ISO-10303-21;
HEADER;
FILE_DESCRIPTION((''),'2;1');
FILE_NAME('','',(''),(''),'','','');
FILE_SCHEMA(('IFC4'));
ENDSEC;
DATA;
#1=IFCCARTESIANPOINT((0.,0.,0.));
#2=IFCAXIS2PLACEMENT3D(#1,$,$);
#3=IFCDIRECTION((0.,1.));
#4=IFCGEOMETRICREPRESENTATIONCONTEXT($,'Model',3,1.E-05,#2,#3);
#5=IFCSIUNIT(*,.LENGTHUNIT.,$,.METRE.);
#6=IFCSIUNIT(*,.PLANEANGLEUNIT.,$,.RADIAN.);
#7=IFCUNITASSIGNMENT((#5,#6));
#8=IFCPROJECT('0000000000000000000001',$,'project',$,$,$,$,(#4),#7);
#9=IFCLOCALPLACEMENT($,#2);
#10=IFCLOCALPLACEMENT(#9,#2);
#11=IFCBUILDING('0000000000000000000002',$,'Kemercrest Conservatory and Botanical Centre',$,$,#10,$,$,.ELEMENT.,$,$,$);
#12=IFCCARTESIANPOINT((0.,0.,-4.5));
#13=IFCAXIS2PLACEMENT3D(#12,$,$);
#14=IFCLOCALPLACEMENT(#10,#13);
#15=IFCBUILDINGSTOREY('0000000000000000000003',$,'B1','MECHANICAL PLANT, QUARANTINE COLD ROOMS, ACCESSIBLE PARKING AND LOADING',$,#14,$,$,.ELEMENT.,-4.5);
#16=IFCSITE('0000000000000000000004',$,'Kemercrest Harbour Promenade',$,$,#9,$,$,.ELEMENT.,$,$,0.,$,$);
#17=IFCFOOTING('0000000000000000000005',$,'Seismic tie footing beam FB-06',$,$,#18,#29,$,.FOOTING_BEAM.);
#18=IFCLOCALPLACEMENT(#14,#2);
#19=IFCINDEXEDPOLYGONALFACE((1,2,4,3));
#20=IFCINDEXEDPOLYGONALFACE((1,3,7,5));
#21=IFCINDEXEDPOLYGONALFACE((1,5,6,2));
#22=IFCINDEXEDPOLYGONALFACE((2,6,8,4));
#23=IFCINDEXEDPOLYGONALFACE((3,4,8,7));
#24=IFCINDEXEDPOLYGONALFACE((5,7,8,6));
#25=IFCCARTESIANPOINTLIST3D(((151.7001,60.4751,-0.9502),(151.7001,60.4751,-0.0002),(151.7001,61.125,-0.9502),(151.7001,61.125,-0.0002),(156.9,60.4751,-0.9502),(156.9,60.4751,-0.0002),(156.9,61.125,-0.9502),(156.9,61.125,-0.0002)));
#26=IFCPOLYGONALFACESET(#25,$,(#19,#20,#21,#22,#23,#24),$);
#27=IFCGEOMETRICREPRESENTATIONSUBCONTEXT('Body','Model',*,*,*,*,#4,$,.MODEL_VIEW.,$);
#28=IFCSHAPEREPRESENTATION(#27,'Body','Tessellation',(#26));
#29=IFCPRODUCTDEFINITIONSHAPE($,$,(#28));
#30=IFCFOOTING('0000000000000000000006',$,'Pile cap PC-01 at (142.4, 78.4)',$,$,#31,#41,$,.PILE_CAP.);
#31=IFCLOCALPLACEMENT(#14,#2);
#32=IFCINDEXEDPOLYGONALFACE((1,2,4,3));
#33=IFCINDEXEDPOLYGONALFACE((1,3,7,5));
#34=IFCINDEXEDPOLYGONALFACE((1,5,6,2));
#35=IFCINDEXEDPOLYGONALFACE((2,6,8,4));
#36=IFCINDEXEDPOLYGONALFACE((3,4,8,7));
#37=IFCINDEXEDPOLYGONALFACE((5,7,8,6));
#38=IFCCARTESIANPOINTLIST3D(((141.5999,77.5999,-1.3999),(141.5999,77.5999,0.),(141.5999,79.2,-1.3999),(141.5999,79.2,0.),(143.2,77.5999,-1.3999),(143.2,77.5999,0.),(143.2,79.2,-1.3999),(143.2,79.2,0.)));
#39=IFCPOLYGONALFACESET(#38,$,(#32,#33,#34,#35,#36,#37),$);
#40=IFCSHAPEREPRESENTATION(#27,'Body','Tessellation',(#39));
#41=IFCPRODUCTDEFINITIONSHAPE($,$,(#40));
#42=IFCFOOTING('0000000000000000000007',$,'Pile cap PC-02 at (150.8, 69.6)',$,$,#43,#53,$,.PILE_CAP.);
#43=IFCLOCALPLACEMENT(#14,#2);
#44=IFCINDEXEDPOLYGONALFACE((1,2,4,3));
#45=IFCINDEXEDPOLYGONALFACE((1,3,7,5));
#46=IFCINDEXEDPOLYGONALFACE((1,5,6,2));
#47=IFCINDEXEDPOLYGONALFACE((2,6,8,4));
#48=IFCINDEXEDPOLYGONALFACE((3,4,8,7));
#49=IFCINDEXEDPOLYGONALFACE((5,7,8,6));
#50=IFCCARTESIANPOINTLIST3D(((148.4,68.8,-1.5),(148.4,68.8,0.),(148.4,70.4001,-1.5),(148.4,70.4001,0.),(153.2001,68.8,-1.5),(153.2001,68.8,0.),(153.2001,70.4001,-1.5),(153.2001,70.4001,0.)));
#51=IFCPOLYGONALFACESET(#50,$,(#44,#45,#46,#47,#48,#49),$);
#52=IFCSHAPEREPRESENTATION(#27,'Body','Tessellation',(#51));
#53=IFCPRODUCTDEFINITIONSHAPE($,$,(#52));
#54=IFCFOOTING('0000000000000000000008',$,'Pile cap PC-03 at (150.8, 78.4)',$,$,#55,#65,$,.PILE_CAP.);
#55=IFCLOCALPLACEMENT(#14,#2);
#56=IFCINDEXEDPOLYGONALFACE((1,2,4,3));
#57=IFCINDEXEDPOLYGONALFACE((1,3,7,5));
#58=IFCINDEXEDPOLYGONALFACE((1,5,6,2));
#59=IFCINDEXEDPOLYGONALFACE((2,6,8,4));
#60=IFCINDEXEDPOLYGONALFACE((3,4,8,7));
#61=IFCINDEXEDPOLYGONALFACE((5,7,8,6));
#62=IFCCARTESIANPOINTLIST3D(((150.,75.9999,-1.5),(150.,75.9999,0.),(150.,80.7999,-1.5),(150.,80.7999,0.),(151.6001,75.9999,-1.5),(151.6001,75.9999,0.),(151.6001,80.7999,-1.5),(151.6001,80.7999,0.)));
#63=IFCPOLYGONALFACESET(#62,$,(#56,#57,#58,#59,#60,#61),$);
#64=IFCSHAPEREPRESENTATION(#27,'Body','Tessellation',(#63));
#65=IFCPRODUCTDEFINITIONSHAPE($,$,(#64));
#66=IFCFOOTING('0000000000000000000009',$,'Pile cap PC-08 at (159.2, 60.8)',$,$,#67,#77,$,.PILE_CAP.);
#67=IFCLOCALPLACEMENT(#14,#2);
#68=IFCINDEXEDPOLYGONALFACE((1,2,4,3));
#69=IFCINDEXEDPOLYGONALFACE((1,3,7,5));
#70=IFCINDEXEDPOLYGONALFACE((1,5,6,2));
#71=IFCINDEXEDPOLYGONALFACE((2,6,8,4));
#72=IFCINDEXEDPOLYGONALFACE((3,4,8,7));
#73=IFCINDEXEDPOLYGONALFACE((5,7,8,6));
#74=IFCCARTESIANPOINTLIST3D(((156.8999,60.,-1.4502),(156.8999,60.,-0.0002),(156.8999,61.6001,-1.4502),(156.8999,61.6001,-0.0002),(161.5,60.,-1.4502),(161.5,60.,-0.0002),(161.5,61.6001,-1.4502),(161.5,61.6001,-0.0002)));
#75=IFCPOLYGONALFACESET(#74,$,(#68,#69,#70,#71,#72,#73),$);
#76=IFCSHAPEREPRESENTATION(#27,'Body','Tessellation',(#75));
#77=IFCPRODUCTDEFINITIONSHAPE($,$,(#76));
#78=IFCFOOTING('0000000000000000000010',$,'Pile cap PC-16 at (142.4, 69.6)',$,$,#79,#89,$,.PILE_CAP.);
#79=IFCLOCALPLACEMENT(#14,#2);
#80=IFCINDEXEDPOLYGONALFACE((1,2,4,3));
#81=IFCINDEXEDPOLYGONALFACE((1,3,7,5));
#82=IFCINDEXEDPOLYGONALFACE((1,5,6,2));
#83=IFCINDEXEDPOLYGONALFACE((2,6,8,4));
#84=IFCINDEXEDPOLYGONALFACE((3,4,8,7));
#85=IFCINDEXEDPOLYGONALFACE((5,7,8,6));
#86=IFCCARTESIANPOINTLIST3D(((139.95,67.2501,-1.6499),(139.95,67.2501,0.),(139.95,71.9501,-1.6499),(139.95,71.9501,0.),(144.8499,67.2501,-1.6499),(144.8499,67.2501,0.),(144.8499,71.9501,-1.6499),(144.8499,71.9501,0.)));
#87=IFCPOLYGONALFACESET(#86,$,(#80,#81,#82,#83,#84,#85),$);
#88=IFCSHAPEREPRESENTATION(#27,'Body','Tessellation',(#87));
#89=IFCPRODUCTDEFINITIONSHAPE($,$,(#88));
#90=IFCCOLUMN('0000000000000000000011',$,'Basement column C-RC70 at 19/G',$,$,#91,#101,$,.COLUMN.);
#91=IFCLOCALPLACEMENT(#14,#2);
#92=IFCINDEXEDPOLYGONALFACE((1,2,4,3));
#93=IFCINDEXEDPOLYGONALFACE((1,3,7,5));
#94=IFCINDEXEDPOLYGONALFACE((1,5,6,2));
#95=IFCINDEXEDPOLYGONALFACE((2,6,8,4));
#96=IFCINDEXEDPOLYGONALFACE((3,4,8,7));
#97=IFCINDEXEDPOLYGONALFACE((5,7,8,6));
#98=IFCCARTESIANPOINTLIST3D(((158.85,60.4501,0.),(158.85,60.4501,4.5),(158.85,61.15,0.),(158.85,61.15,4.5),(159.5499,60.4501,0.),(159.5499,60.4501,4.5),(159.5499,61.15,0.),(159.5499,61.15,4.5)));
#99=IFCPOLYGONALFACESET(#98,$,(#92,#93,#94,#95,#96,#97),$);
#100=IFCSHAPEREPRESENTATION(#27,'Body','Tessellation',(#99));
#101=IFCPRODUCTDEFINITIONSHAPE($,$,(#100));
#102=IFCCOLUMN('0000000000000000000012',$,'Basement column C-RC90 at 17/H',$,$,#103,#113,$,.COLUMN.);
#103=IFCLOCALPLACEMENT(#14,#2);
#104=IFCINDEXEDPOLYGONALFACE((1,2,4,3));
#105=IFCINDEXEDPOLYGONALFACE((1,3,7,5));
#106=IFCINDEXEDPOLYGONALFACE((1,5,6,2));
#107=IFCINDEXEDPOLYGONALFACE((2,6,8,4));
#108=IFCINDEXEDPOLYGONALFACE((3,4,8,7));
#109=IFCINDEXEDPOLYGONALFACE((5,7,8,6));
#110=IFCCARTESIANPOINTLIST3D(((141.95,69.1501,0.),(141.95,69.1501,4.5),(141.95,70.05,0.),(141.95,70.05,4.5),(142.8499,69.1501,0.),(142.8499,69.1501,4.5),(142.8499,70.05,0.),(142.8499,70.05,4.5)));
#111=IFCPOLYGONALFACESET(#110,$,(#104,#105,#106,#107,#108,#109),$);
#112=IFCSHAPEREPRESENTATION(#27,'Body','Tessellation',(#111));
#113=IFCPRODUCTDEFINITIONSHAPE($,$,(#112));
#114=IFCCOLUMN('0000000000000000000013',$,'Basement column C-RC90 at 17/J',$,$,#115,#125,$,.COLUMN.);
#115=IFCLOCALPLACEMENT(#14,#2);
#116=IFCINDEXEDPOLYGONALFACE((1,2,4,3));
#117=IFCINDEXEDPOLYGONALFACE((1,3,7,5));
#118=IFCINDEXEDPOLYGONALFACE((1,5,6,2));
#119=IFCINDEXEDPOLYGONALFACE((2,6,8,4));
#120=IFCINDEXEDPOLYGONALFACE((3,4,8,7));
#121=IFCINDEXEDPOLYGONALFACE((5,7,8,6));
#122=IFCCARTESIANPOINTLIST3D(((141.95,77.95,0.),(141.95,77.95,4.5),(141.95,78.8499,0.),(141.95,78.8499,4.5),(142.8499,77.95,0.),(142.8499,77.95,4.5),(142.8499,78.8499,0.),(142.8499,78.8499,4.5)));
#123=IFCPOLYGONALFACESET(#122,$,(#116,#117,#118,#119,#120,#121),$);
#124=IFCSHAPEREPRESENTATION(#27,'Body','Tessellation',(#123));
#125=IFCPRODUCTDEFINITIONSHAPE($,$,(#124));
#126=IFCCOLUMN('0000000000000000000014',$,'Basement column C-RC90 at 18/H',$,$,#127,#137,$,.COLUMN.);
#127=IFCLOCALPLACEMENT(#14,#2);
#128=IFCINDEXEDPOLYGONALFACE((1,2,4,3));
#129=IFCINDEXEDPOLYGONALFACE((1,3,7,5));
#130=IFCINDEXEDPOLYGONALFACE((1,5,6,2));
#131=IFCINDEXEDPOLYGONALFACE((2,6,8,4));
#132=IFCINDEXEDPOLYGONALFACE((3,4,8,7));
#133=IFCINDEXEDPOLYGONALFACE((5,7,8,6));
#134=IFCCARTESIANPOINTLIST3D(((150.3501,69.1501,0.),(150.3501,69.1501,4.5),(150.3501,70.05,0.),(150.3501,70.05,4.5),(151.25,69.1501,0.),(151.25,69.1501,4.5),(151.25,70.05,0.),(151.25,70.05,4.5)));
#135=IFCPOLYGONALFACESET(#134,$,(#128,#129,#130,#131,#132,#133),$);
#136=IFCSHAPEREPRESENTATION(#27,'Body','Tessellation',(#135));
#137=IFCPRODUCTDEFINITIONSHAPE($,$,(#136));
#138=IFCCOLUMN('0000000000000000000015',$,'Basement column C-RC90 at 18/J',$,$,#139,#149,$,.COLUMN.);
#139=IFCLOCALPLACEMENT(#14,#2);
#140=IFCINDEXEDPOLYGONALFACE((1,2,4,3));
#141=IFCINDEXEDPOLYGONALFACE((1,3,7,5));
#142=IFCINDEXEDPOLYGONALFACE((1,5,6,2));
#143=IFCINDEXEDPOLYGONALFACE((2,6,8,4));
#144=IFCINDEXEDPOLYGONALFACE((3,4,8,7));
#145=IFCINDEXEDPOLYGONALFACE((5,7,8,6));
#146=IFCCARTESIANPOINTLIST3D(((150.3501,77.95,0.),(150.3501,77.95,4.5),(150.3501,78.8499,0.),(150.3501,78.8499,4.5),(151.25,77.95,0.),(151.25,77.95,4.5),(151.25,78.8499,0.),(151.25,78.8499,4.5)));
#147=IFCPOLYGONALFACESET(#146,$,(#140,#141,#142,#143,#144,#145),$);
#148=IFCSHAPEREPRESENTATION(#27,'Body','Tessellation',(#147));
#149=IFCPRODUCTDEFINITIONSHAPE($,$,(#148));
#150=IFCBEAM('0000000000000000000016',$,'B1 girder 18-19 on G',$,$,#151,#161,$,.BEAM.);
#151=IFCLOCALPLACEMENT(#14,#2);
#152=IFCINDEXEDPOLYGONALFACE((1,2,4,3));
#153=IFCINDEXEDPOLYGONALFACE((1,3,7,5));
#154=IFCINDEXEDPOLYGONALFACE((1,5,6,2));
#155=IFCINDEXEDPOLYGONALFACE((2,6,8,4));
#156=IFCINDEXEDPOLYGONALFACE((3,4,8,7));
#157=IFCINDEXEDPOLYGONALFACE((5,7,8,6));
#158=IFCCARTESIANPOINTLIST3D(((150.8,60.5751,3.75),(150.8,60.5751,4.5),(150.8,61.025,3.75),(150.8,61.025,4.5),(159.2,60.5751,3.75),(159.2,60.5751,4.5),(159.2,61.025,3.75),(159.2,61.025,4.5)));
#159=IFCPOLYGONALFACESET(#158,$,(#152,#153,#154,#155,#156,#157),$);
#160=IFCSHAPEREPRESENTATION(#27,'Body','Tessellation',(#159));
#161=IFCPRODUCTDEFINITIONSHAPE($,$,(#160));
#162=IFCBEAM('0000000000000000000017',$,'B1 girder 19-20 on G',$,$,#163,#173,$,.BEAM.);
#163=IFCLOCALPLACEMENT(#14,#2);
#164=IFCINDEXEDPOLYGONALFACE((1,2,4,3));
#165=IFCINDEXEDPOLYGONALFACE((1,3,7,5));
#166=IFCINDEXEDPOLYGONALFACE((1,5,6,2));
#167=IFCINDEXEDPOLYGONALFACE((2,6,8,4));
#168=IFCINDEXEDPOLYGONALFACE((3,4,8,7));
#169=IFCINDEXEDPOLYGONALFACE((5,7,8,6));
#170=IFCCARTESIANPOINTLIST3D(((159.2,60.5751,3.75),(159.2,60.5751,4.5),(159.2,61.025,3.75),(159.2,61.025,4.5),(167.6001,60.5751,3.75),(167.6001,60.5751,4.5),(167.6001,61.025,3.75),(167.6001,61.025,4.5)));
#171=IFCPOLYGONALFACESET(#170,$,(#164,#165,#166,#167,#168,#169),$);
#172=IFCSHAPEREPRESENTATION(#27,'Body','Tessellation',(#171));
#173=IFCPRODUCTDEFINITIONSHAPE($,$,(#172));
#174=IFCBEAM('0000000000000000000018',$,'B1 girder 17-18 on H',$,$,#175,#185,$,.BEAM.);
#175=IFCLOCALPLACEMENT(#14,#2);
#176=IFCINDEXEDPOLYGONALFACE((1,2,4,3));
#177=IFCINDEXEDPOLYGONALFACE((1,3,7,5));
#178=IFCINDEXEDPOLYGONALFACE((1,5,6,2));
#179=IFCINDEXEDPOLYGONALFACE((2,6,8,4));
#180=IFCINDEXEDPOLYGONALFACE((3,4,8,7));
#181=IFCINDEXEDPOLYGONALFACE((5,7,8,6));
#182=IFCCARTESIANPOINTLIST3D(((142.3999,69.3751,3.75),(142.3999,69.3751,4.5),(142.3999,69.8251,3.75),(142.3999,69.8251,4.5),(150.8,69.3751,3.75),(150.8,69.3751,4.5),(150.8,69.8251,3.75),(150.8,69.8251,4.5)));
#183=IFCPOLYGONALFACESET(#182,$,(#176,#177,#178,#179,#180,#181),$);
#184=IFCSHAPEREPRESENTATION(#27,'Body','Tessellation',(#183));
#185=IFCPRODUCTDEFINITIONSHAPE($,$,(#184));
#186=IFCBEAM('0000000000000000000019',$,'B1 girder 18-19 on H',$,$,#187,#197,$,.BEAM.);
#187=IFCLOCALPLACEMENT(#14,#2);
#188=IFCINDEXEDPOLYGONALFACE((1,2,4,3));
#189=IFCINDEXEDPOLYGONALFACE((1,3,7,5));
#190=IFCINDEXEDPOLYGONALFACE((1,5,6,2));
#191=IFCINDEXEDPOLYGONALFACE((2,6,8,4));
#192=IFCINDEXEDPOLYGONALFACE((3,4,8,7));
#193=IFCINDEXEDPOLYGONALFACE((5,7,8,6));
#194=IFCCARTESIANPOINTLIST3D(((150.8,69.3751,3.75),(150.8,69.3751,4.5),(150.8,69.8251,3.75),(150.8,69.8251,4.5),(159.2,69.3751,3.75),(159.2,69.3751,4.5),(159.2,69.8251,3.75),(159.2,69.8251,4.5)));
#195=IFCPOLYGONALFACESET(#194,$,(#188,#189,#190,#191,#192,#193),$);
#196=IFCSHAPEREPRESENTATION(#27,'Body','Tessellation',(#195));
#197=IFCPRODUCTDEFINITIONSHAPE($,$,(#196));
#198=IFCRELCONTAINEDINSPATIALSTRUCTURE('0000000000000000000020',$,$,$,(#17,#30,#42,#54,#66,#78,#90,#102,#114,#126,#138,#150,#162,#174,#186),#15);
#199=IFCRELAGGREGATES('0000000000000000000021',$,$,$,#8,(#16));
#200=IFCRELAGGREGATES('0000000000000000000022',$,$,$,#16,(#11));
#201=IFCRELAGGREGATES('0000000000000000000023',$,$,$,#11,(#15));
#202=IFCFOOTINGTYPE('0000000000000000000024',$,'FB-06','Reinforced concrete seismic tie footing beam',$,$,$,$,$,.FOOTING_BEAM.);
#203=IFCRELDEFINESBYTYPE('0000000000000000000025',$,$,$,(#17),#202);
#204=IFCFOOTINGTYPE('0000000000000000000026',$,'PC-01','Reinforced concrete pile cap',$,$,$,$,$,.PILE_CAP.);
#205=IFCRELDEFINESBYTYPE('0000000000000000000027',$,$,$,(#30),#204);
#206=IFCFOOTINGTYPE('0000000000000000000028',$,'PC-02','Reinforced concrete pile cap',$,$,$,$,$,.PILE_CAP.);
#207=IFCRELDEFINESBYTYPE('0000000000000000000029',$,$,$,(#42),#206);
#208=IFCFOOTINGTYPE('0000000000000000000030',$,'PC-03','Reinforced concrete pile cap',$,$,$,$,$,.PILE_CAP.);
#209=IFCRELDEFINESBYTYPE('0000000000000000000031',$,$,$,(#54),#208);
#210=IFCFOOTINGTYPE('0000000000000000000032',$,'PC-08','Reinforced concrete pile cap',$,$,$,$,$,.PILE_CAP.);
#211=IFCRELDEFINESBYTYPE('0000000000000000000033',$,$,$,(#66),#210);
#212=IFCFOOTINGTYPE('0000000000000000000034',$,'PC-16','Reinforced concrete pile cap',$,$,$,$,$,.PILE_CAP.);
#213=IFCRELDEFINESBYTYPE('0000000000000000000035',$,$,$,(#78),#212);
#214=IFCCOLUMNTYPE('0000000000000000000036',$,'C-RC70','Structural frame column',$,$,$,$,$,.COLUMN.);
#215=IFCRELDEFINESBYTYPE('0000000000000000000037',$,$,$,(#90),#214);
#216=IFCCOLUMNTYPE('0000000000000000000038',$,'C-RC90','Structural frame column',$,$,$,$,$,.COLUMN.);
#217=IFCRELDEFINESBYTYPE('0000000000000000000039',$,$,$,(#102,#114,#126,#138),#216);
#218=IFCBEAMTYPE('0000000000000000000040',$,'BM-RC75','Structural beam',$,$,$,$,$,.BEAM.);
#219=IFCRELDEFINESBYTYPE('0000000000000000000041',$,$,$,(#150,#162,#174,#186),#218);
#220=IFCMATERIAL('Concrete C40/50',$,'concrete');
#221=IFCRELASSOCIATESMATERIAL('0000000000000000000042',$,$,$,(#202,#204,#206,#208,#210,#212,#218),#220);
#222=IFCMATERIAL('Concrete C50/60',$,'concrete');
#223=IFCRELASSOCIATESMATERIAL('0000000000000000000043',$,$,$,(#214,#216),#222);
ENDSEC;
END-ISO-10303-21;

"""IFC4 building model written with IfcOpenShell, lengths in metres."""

from ifc_helpers import new_model, si_unit, direction, frame, origin, origin_2d, place, context, subcontext, project, spatial, rectangle, extrude, material, material_profile, profile_set, type_object, element, save


model = new_model("IFC4")

# Units and contexts
model_context = context("Model", 3, precision=1e-05, world=origin(), true_north=direction((0.0, 1.0)))
body_context = subcontext(model_context, "Body", "Model", "MODEL_VIEW")
ifc_project = project(units=[si_unit("LENGTHUNIT", "METRE"), si_unit("PLANEANGLEUNIT", "RADIAN")], contexts=[model_context])

# Site, building, storey
site_placement = place(None, origin())
site = spatial("IfcSite", under=ifc_project, at=site_placement, Name="Kemercrest Harbour Promenade", CompositionType="ELEMENT", RefElevation=0.0)
building_placement = place(site_placement, origin())
building = spatial("IfcBuilding", under=site, at=building_placement, Name="Kemercrest Conservatory and Botanical Centre", CompositionType="ELEMENT")
storey_placement = place(building_placement, frame((0.0, 0.0, -4.5)))
storey = spatial("IfcBuildingStorey", under=building, at=storey_placement, Name="B1", Description="MECHANICAL PLANT, QUARANTINE COLD ROOMS, ACCESSIBLE PARKING AND LOADING", CompositionType="ELEMENT", Elevation=-4.5)

# Shared definitions
ifc_material_1 = material(Name="Concrete C40/50", Category="concrete")

# Footings
footing_type_1 = type_object("IfcFootingType", Name="FB-06", Description="Reinforced concrete seismic tie footing beam", PredefinedType="FOOTING_BEAM", material=ifc_material_1)
footing_1_placement = place(storey_placement, frame((154.3, 60.8, -0.9502), z_axis=(0.0, 0.0, 1.0), x_axis=(1.0, 0.0, 0.0)))
element("IfcFooting", 1, at=footing_1_placement, inside=storey, type_object=footing_type_1, Name="Seismic tie footing beam FB-06", PredefinedType="FOOTING_BEAM", context=body_context, shape_type="SweptSolid", body=[
    extrude(rectangle(XDim=5.2, YDim=0.6499, at=origin_2d()), origin(), (0.0, 0.0, 1.0), 0.95),
])
footing_type_2 = type_object("IfcFootingType", Name="PC-01", Description="Reinforced concrete pile cap", PredefinedType="PILE_CAP", material=ifc_material_1)
footing_2_placement = place(storey_placement, frame((142.3999, 78.3999, -1.3999), z_axis=(0.0, 0.0, 1.0), x_axis=(1.0, 0.0, 0.0)))
element("IfcFooting", 2, at=footing_2_placement, inside=storey, type_object=footing_type_2, Name="Pile cap PC-01 at (142.4, 78.4)", PredefinedType="PILE_CAP", context=body_context, shape_type="SweptSolid", body=[
    extrude(rectangle(XDim=1.6001, YDim=1.6001, at=origin_2d()), origin(), (0.0, 0.0, 1.0), 1.3999),
])
footing_type_3 = type_object("IfcFootingType", Name="PC-02", Description="Reinforced concrete pile cap", PredefinedType="PILE_CAP", material=ifc_material_1)
footing_3_placement = place(storey_placement, frame((150.8, 69.6001, -1.5), z_axis=(0.0, 0.0, 1.0), x_axis=(1.0, 0.0, 0.0)))
element("IfcFooting", 3, at=footing_3_placement, inside=storey, type_object=footing_type_3, Name="Pile cap PC-02 at (150.8, 69.6)", PredefinedType="PILE_CAP", context=body_context, shape_type="SweptSolid", body=[
    extrude(rectangle(XDim=4.8, YDim=1.6001, at=origin_2d()), origin(), (0.0, 0.0, 1.0), 1.5),
])
footing_type_4 = type_object("IfcFootingType", Name="PC-03", Description="Reinforced concrete pile cap", PredefinedType="PILE_CAP", material=ifc_material_1)
footing_4_placement = place(storey_placement, frame((150.8, 78.3999, -1.5), z_axis=(0.0, 0.0, 1.0), x_axis=(1.0, 0.0, 0.0)))
element("IfcFooting", 4, at=footing_4_placement, inside=storey, type_object=footing_type_4, Name="Pile cap PC-03 at (150.8, 78.4)", PredefinedType="PILE_CAP", context=body_context, shape_type="SweptSolid", body=[
    extrude(rectangle(XDim=1.6001, YDim=4.8, at=origin_2d()), origin(), (0.0, 0.0, 1.0), 1.5),
])
footing_type_5 = type_object("IfcFootingType", Name="PC-08", Description="Reinforced concrete pile cap", PredefinedType="PILE_CAP", material=ifc_material_1)
footing_5_placement = place(storey_placement, frame((159.2, 60.8, -1.4502), z_axis=(0.0, 0.0, 1.0), x_axis=(1.0, 0.0, 0.0)))
element("IfcFooting", 5, at=footing_5_placement, inside=storey, type_object=footing_type_5, Name="Pile cap PC-08 at (159.2, 60.8)", PredefinedType="PILE_CAP", context=body_context, shape_type="SweptSolid", body=[
    extrude(rectangle(XDim=4.6001, YDim=1.6001, at=origin_2d()), origin(), (0.0, 0.0, 1.0), 1.45),
])
footing_type_6 = type_object("IfcFootingType", Name="PC-16", Description="Reinforced concrete pile cap", PredefinedType="PILE_CAP", material=ifc_material_1)
footing_6_placement = place(storey_placement, frame((142.3999, 69.6001, -1.6499), z_axis=(0.0, 0.0, 1.0), x_axis=(1.0, 0.0, 0.0)))
element("IfcFooting", 6, at=footing_6_placement, inside=storey, type_object=footing_type_6, Name="Pile cap PC-16 at (142.4, 69.6)", PredefinedType="PILE_CAP", context=body_context, shape_type="SweptSolid", body=[
    extrude(rectangle(XDim=4.8999, YDim=4.7, at=origin_2d()), origin(), (0.0, 0.0, 1.0), 1.6499),
])

# Columns
ifc_material_2 = material(Name="Concrete C50/60", Category="concrete")
ifc_material_profile_1 = material_profile(ifc_material_2, rectangle(XDim=0.7, YDim=0.7, at=origin_2d()), Name="RC 700x700")
ifc_profile_set_1 = profile_set([ifc_material_profile_1], Name="Concrete C50/60")
column_type_1 = type_object("IfcColumnType", Name="C-RC70", Description="Structural frame column", PredefinedType="COLUMN", material=ifc_profile_set_1)
column_placement = place(storey_placement, frame((159.2, 60.8, 0.0), z_axis=(0.0, 0.0, 1.0), x_axis=(1.0, 0.0, 0.0)))
element("IfcColumn", 7, at=column_placement, inside=storey, type_object=column_type_1, Name="Basement column C-RC70 at 19/G", PredefinedType="COLUMN", context=body_context, shape_type="SweptSolid", body=[
    extrude(rectangle(XDim=0.7, YDim=0.7, at=origin_2d()), origin(), (0.0, 0.0, 1.0), 4.5),
])
ifc_material_profile_2 = material_profile(ifc_material_2, rectangle(XDim=0.8999, YDim=0.8999, at=origin_2d()), Name="RC 900x900")
ifc_profile_set_2 = profile_set([ifc_material_profile_2], Name="Concrete C50/60")
column_type_2 = type_object("IfcColumnType", Name="C-RC90", Description="Structural frame column", PredefinedType="COLUMN", material=ifc_profile_set_2)
for number, where, z_axis, x_axis, name in (
    (8, (142.3999, 69.6001, 0.0), (0.0, 0.0, 1.0), (1.0, 0.0, 0.0), "Basement column C-RC90 at 17/H"),
    (9, (142.3999, 78.3999, 0.0), (0.0, 0.0, 1.0), (1.0, 0.0, 0.0), "Basement column C-RC90 at 17/J"),
    (10, (150.8, 69.6001, 0.0), (0.0, 0.0, 1.0), (1.0, 0.0, 0.0), "Basement column C-RC90 at 18/H"),
    (11, (150.8, 78.3999, 0.0), (0.0, 0.0, 1.0), (1.0, 0.0, 0.0), "Basement column C-RC90 at 18/J"),
):
    element("IfcColumn", number, at=place(storey_placement, frame(where, z_axis=z_axis, x_axis=x_axis)), inside=storey, type_object=column_type_2, Name=name, PredefinedType="COLUMN", context=body_context, shape_type="SweptSolid", body=[
        extrude(rectangle(XDim=0.8999, YDim=0.8999, at=origin_2d()), origin(), (0.0, 0.0, 1.0), 4.5),
    ])

# Beams
ifc_material_profile_3 = material_profile(ifc_material_1, rectangle(XDim=0.45, YDim=0.75, at=origin_2d()), Name="RC 450x750")
ifc_profile_set_3 = profile_set([ifc_material_profile_3], Name="Concrete C40/50")
beam_type = type_object("IfcBeamType", Name="BM-RC75", Description="Structural beam", PredefinedType="BEAM", material=ifc_profile_set_3)
beam_1_placement = place(storey_placement, frame((150.8, 60.8, 4.125), z_axis=(1.0, 0.0, 0.0), x_axis=(0.0, 1.0, 0.0)))
element("IfcBeam", 12, at=beam_1_placement, inside=storey, type_object=beam_type, Name="B1 girder 18-19 on G", PredefinedType="BEAM", context=body_context, shape_type="SweptSolid", body=[
    extrude(rectangle(XDim=0.45, YDim=0.75, at=origin_2d()), origin(), (0.0, 0.0, 1.0), 8.3999),
])
for number, where, z_axis, x_axis, name in (
    (13, (159.2, 60.8, 4.125), (1.0, 0.0, 0.0), (0.0, 1.0, 0.0), "B1 girder 19-20 on G"),
    (14, (142.3999, 69.6001, 4.125), (1.0, 0.0, 0.0), (0.0, 1.0, 0.0), "B1 girder 17-18 on H"),
):
    element("IfcBeam", number, at=place(storey_placement, frame(where, z_axis=z_axis, x_axis=x_axis)), inside=storey, type_object=beam_type, Name=name, PredefinedType="BEAM", context=body_context, shape_type="SweptSolid", body=[
        extrude(rectangle(XDim=0.45, YDim=0.75, at=origin_2d()), origin(), (0.0, 0.0, 1.0), 8.4001),
    ])
beam_2_placement = place(storey_placement, frame((150.8, 69.6001, 4.125), z_axis=(1.0, 0.0, 0.0), x_axis=(0.0, 1.0, 0.0)))
element("IfcBeam", 15, at=beam_2_placement, inside=storey, type_object=beam_type, Name="B1 girder 18-19 on H", PredefinedType="BEAM", context=body_context, shape_type="SweptSolid", body=[
    extrude(rectangle(XDim=0.45, YDim=0.75, at=origin_2d()), origin(), (0.0, 0.0, 1.0), 8.3999),
])

save(model, "model.ifc")
